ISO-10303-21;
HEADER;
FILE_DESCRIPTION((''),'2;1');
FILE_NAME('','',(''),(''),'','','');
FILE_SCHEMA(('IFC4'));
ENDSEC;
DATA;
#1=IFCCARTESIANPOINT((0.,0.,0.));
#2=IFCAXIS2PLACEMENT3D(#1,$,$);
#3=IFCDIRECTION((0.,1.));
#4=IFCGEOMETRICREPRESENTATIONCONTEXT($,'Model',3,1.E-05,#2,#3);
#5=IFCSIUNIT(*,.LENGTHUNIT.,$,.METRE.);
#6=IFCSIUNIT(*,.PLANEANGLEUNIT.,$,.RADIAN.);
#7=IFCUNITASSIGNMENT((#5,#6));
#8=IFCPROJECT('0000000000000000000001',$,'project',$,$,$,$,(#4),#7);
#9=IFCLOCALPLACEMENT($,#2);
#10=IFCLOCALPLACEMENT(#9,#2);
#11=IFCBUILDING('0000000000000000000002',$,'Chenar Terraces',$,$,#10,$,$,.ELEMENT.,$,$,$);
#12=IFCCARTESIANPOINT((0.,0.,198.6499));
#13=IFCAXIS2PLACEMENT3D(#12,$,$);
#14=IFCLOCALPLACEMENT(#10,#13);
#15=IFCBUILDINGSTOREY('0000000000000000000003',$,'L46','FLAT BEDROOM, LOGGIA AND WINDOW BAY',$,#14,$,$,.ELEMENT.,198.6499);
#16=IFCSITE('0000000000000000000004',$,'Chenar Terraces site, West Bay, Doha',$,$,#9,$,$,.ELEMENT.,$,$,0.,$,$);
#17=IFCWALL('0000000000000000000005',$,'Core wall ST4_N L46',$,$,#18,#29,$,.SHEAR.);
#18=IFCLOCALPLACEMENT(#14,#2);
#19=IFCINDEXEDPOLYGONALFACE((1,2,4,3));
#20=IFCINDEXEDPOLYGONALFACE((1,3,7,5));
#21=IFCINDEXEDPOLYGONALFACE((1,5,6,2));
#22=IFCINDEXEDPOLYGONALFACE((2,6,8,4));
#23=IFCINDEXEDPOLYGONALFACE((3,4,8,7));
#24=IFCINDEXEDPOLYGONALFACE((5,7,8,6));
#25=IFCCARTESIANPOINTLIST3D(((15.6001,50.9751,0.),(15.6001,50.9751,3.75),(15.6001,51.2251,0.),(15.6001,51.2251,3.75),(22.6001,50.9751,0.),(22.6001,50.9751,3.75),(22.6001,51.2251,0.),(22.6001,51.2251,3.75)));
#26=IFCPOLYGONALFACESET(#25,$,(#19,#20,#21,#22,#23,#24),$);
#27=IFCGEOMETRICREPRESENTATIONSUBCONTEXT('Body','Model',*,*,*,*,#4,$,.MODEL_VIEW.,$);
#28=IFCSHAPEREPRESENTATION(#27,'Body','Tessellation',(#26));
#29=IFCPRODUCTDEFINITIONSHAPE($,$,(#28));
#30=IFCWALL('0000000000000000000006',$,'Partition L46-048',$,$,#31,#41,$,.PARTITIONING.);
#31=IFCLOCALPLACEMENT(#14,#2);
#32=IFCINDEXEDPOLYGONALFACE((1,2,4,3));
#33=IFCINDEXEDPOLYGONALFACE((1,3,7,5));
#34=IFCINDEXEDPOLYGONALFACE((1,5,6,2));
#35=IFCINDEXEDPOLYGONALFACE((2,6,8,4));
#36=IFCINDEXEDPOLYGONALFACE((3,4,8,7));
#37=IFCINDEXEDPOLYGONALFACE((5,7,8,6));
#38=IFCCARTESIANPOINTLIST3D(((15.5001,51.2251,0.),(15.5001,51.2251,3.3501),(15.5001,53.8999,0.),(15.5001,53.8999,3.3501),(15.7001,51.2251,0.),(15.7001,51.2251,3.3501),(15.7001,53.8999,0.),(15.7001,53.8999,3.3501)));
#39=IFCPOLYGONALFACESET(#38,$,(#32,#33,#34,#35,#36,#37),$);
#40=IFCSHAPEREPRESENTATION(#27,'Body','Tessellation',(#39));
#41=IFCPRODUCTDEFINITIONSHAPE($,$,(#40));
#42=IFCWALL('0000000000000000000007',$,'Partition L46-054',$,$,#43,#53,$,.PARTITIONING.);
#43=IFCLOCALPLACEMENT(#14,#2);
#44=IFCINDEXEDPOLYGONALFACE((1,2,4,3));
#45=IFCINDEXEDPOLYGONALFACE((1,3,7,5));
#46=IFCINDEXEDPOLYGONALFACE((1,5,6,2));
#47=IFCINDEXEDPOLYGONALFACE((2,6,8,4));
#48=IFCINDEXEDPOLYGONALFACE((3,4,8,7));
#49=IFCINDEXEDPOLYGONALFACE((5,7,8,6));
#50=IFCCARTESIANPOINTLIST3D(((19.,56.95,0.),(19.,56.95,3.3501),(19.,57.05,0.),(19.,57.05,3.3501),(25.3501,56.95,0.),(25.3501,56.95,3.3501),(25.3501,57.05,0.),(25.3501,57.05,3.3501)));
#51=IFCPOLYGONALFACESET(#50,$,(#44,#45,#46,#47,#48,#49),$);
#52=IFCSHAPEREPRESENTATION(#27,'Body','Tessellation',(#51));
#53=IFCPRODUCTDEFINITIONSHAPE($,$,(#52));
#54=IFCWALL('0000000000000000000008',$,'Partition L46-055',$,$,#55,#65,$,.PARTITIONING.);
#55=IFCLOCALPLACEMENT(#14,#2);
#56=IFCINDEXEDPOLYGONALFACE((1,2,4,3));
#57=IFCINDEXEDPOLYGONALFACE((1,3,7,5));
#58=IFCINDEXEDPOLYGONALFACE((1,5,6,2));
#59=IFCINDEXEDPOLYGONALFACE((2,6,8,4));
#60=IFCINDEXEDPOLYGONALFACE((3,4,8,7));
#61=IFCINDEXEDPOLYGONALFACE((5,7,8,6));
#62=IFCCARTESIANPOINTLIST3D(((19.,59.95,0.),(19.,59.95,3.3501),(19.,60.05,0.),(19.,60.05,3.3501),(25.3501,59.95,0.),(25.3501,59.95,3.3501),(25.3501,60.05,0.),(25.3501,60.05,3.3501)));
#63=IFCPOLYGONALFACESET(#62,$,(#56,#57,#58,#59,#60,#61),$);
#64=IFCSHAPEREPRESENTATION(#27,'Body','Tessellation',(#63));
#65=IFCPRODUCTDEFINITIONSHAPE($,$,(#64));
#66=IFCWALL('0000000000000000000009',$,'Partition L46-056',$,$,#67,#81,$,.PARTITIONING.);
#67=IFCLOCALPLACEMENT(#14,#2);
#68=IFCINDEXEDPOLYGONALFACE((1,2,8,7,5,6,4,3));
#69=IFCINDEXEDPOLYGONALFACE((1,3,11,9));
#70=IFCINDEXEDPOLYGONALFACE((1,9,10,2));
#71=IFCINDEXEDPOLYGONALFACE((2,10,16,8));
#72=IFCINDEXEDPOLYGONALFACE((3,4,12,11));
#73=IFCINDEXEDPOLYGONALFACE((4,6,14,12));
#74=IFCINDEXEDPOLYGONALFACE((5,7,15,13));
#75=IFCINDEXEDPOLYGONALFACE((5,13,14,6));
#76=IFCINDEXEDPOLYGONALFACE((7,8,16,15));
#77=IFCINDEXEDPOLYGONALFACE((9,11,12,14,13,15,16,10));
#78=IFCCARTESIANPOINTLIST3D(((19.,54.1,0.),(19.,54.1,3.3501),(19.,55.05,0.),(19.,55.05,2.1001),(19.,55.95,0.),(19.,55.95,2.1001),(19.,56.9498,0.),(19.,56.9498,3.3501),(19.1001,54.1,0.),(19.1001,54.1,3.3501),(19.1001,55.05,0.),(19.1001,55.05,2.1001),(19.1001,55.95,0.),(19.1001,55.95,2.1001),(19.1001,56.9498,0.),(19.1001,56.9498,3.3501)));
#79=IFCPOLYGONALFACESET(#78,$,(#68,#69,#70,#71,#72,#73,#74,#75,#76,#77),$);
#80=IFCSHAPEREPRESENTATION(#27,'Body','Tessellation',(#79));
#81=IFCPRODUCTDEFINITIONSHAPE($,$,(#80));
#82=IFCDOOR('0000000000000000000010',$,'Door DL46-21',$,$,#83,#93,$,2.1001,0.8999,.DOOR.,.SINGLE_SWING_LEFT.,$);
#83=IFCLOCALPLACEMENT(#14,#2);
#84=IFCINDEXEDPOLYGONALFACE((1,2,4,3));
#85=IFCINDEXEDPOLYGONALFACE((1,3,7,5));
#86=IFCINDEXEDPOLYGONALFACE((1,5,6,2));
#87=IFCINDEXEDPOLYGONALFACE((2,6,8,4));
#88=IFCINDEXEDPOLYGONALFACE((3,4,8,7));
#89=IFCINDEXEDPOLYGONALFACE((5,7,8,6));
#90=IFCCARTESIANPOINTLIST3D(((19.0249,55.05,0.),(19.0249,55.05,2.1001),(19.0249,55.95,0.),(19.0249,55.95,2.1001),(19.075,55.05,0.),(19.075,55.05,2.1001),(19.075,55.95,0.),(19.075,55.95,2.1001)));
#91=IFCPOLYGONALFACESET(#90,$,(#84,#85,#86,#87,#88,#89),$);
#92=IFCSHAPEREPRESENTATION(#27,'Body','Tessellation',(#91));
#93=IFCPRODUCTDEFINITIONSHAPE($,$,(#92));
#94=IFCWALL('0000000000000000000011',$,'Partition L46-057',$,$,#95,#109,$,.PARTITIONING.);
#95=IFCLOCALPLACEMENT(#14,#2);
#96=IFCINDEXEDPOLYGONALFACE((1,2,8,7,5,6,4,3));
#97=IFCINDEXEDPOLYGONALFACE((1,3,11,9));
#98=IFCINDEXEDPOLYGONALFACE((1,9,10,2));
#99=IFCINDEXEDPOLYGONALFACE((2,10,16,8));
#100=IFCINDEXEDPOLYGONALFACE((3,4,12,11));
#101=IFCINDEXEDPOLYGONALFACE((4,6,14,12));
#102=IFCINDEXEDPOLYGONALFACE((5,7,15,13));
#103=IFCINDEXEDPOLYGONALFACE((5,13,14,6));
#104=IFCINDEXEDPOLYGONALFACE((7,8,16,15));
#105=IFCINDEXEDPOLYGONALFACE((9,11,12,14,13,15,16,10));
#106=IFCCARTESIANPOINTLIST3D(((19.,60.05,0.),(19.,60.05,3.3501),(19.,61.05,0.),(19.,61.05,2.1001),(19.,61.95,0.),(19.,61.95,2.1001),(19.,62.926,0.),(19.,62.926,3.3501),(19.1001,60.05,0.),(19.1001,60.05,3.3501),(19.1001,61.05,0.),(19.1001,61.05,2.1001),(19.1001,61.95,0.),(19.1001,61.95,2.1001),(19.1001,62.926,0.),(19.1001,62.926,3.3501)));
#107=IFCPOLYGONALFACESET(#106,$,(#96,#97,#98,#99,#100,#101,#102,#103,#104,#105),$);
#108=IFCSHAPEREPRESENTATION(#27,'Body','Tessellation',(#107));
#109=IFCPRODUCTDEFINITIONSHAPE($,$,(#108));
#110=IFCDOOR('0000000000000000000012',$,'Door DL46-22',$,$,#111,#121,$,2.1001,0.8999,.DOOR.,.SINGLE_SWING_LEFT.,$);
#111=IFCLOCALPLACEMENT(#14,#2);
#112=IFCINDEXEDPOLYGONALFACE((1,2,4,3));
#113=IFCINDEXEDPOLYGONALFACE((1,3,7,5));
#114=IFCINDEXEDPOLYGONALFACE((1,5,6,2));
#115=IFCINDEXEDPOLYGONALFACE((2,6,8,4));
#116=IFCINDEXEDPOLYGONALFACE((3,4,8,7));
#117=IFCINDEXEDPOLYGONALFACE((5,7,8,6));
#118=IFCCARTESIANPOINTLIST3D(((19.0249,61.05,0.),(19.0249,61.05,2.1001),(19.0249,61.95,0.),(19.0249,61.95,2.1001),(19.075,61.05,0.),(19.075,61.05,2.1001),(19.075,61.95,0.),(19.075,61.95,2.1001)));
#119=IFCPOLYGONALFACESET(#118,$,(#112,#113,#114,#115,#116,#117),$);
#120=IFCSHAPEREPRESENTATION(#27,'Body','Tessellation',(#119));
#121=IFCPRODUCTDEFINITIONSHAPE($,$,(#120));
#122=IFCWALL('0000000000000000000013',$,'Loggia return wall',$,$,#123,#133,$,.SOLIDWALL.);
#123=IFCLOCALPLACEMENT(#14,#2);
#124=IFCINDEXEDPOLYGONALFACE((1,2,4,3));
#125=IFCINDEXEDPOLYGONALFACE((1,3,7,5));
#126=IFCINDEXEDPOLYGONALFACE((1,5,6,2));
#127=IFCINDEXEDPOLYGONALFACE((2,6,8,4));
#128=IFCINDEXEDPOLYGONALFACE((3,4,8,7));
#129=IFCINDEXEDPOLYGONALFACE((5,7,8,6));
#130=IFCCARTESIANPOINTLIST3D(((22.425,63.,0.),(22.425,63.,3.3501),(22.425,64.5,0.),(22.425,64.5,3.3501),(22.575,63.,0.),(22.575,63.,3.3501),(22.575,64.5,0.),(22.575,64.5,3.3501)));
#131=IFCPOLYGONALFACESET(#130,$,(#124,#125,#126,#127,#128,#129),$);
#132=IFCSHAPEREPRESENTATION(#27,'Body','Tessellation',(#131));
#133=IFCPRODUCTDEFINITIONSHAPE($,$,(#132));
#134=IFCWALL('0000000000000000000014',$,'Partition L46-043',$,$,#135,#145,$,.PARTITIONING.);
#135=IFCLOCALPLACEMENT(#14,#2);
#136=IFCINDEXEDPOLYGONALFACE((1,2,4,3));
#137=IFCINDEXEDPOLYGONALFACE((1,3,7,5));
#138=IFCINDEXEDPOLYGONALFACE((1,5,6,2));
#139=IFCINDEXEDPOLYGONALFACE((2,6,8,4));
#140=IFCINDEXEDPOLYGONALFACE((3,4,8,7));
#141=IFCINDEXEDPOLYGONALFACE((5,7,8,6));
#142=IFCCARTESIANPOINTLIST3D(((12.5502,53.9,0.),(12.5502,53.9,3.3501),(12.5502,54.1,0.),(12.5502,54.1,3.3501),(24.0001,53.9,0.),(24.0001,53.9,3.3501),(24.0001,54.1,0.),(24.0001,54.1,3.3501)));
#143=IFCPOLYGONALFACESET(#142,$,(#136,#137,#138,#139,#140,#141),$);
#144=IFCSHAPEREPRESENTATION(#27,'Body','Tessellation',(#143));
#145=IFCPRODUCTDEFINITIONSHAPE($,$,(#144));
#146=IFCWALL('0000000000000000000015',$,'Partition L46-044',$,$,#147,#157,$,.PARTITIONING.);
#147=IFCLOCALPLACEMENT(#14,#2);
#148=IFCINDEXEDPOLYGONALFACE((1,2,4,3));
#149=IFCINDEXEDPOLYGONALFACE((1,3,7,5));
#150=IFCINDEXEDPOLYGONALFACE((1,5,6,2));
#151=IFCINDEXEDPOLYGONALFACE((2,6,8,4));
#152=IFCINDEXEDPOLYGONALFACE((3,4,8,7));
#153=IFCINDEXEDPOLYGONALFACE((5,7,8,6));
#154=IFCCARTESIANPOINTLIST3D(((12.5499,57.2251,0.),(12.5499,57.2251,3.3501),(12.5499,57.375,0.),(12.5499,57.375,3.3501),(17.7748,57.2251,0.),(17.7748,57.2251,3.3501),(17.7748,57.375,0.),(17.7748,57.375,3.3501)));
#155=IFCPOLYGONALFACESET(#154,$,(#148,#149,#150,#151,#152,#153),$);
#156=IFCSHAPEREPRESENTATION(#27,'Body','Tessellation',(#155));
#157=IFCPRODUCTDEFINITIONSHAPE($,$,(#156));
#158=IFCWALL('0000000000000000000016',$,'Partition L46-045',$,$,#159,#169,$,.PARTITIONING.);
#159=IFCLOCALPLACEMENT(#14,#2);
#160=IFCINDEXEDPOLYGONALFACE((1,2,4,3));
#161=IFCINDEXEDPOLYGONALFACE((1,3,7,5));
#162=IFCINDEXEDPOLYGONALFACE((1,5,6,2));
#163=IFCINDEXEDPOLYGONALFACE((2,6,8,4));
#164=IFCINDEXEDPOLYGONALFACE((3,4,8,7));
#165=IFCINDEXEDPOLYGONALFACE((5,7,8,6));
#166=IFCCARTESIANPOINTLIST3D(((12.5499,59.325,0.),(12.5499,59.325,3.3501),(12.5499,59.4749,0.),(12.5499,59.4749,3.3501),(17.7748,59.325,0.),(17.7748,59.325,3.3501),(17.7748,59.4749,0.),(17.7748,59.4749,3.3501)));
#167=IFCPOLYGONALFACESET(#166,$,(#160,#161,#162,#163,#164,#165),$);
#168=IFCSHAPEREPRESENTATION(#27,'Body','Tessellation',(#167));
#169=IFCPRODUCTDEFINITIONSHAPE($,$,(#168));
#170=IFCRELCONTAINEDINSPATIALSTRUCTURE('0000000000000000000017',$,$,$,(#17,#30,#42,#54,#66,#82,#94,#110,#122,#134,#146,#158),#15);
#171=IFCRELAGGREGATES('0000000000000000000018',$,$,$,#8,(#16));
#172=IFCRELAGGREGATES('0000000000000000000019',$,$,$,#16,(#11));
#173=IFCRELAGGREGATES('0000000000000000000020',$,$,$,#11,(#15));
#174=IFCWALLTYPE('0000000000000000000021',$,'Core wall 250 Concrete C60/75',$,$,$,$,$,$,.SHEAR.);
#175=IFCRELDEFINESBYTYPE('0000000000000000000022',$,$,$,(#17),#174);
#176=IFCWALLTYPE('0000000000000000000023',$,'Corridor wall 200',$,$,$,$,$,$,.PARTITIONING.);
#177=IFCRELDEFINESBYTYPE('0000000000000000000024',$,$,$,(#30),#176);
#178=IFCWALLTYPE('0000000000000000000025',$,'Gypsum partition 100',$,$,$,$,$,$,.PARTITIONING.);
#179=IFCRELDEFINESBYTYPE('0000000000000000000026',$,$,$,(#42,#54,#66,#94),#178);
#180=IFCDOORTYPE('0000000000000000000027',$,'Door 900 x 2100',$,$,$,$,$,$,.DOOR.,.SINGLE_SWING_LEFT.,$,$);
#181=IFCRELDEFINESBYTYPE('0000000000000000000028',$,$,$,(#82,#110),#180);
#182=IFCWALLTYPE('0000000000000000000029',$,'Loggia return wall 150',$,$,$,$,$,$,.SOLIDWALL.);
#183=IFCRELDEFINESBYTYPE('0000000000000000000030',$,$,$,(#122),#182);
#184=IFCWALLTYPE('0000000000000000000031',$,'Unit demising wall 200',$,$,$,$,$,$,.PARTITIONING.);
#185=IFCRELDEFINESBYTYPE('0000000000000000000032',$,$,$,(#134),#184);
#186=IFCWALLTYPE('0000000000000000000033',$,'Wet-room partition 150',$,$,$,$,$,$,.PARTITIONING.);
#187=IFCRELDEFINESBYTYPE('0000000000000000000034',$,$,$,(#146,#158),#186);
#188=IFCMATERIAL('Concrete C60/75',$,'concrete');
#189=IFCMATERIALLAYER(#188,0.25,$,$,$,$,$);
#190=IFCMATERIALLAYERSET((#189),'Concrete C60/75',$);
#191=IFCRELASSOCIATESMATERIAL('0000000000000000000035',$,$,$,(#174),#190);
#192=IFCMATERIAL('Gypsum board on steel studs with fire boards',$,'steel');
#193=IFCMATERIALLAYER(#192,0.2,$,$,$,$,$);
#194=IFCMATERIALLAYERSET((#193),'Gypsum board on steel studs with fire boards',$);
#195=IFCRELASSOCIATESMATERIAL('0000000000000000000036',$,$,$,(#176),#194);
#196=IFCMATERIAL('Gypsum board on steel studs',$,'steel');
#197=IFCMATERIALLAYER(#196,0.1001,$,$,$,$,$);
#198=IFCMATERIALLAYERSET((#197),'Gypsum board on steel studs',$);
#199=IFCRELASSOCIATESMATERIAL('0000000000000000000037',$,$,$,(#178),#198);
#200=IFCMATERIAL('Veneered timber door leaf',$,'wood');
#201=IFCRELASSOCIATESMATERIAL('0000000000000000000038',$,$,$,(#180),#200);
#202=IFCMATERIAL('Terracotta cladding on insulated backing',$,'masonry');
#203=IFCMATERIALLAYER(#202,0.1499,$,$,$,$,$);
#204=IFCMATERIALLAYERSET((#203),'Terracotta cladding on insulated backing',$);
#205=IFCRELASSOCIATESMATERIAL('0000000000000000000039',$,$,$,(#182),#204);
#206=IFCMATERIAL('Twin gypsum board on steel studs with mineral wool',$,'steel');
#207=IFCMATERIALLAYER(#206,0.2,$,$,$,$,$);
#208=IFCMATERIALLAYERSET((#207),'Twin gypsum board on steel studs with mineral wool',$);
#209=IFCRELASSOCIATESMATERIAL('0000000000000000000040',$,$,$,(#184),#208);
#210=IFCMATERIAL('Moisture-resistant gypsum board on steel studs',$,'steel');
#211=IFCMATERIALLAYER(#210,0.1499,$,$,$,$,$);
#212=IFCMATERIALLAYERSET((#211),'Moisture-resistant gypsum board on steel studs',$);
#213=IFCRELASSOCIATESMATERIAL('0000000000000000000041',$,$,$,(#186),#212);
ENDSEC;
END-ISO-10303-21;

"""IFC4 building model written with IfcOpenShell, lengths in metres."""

from ifc_helpers import new_model, si_unit, direction, frame, frame_2d, origin, place, context, subcontext, project, spatial, rectangle, extrude, material, layer, layer_set, type_object, element, fill, save


model = new_model("IFC4")

# Units and contexts
model_context = context("Model", 3, precision=1e-05, world=origin(), true_north=direction((0.0, 1.0)))
body_context = subcontext(model_context, "Body", "Model", "MODEL_VIEW")
ifc_project = project(units=[si_unit("LENGTHUNIT", "METRE"), si_unit("PLANEANGLEUNIT", "RADIAN")], contexts=[model_context])

# Site, building, storey
site_placement = place(None, origin())
site = spatial("IfcSite", under=ifc_project, at=site_placement, Name="Chenar Terraces site, West Bay, Doha", CompositionType="ELEMENT", RefElevation=0.0)
building_placement = place(site_placement, origin())
building = spatial("IfcBuilding", under=site, at=building_placement, Name="Chenar Terraces", CompositionType="ELEMENT")
storey_placement = place(building_placement, frame((0.0, 0.0, 198.6499)))
storey = spatial("IfcBuildingStorey", under=building, at=storey_placement, Name="L46", Description="FLAT BEDROOM, LOGGIA AND WINDOW BAY", CompositionType="ELEMENT", Elevation=198.6499)

# Walls
ifc_material_1 = material(Name="Concrete C60/75", Category="concrete")
ifc_layer_1 = layer(ifc_material_1, 0.25)
ifc_layer_set_1 = layer_set([ifc_layer_1], Name="Concrete C60/75")
wall_type_1 = type_object("IfcWallType", Name="Core wall 250 Concrete C60/75", PredefinedType="SHEAR", material=ifc_layer_set_1)
wall_1_placement = place(storey_placement, frame((15.6001, 51.1001, 0.0), z_axis=(0.0, 0.0, 1.0), x_axis=(1.0, 0.0, 0.0)))
element("IfcWall", 1, at=wall_1_placement, inside=storey, type_object=wall_type_1, Name="Core wall ST4_N L46", PredefinedType="SHEAR", context=body_context, shape_type="SweptSolid", body=[
    extrude(rectangle(XDim=7.0, YDim=0.25, at=frame_2d((3.5, 0.0))), origin(), (0.0, 0.0, 1.0), 3.75),
])
ifc_material_2 = material(Name="Gypsum board on steel studs with fire boards", Category="steel")
ifc_layer_2 = layer(ifc_material_2, 0.2)
ifc_layer_set_2 = layer_set([ifc_layer_2], Name="Gypsum board on steel studs with fire boards")
wall_type_2 = type_object("IfcWallType", Name="Corridor wall 200", PredefinedType="PARTITIONING", material=ifc_layer_set_2)
wall_2_placement = place(storey_placement, frame((15.6001, 51.2251, 0.0), z_axis=(0.0, 0.0, 1.0), x_axis=(0.0, 1.0, 0.0)))
element("IfcWall", 2, at=wall_2_placement, inside=storey, type_object=wall_type_2, Name="Partition L46-048", PredefinedType="PARTITIONING", context=body_context, shape_type="SweptSolid", body=[
    extrude(rectangle(XDim=2.6748, YDim=0.2, at=frame_2d((1.3374, 0.0))), origin(), (0.0, 0.0, 1.0), 3.3501),
])

# Walls
ifc_material_3 = material(Name="Gypsum board on steel studs", Category="steel")
ifc_layer_3 = layer(ifc_material_3, 0.1001)
ifc_layer_set_3 = layer_set([ifc_layer_3], Name="Gypsum board on steel studs")
wall_type_3 = type_object("IfcWallType", Name="Gypsum partition 100", PredefinedType="PARTITIONING", material=ifc_layer_set_3)
for number, where, z_axis, x_axis, name in (
    (3, (19.0, 57.0, 0.0), (0.0, 0.0, 1.0), (1.0, 0.0, 0.0), "Partition L46-054"),
    (4, (19.0, 60.0, 0.0), (0.0, 0.0, 1.0), (1.0, 0.0, 0.0), "Partition L46-055"),
):
    element("IfcWall", number, at=place(storey_placement, frame(where, z_axis=z_axis, x_axis=x_axis)), inside=storey, type_object=wall_type_3, Name=name, PredefinedType="PARTITIONING", context=body_context, shape_type="SweptSolid", body=[
        extrude(rectangle(XDim=6.3501, YDim=0.1001, at=frame_2d((3.175, 0.0))), origin(), (0.0, 0.0, 1.0), 3.3501),
    ])

# Walls, openings, doors
wall_3_placement = place(storey_placement, frame((19.05, 54.1001, 0.0), z_axis=(0.0, 0.0, 1.0), x_axis=(0.0, 1.0, 0.0)))
wall_3 = element("IfcWall", 5, at=wall_3_placement, inside=storey, type_object=wall_type_3, Name="Partition L46-056", PredefinedType="PARTITIONING", context=body_context, shape_type="SweptSolid", body=[
    extrude(rectangle(XDim=2.8499, YDim=0.1001, at=frame_2d((1.4248, 0.0))), origin(), (0.0, 0.0, 1.0), 3.3501),
])
opening_1_placement = place(wall_3_placement, frame((0.95, 0.0, 0.0)))
opening_1 = element("IfcOpeningElement", 6, at=opening_1_placement, cuts=wall_3, PredefinedType="OPENING", context=body_context, shape_type="SweptSolid", body=[
    extrude(rectangle(XDim=0.8999, YDim=2.1001, at=frame_2d((0.45, 1.05))), frame((0.0, 0.0601, 0.0), z_axis=(0.0, -1.0, 0.0), x_axis=(1.0, 0.0, 0.0)), (0.0, 0.0, 1.0), 0.1201),
])
ifc_material_4 = material(Name="Veneered timber door leaf", Category="wood")
door_type_1 = type_object("IfcDoorType", Name="Door 900 x 2100", OperationType="SINGLE_SWING_LEFT", PredefinedType="DOOR", material=ifc_material_4)
door_1_placement = place(opening_1_placement, frame((0.8999, 0.0, 0.0), z_axis=(0.0, 0.0, 1.0), x_axis=(-1.0, 0.0, 0.0)))
door_1 = element("IfcDoor", 7, at=door_1_placement, inside=storey, type_object=door_type_1, Name="Door DL46-21", OperationType="SINGLE_SWING_LEFT", OverallHeight=2.1001, OverallWidth=0.8999, PredefinedType="DOOR", context=body_context, shape_type="SweptSolid", body=[
    extrude(rectangle(XDim=0.8999, YDim=2.1001, at=frame_2d((0.45, 1.05))), frame((0.0, 0.0249, 0.0), z_axis=(0.0, -1.0, 0.0), x_axis=(1.0, 0.0, 0.0)), (0.0, 0.0, 1.0), 0.05),
])
fill(opening_1, door_1)
wall_4_placement = place(storey_placement, frame((19.05, 60.05, 0.0), z_axis=(0.0, 0.0, 1.0), x_axis=(0.0, 1.0, 0.0)))
wall_4 = element("IfcWall", 8, at=wall_4_placement, inside=storey, type_object=wall_type_3, Name="Partition L46-057", PredefinedType="PARTITIONING", context=body_context, shape_type="SweptSolid", body=[
    extrude(rectangle(XDim=2.876, YDim=0.1001, at=frame_2d((1.438, 0.0))), origin(), (0.0, 0.0, 1.0), 3.3501),
])
opening_2_placement = place(wall_4_placement, frame((1.0, 0.0, 0.0)))
opening_2 = element("IfcOpeningElement", 9, at=opening_2_placement, cuts=wall_4, PredefinedType="OPENING", context=body_context, shape_type="SweptSolid", body=[
    extrude(rectangle(XDim=0.8999, YDim=2.1001, at=frame_2d((0.45, 1.05))), frame((0.0, 0.0601, 0.0), z_axis=(0.0, -1.0, 0.0), x_axis=(1.0, 0.0, 0.0)), (0.0, 0.0, 1.0), 0.1201),
])
door_2_placement = place(opening_2_placement, frame((0.8999, 0.0, 0.0), z_axis=(0.0, 0.0, 1.0), x_axis=(-1.0, 0.0, 0.0)))
door_2 = element("IfcDoor", 10, at=door_2_placement, inside=storey, type_object=door_type_1, Name="Door DL46-22", OperationType="SINGLE_SWING_LEFT", OverallHeight=2.1001, OverallWidth=0.8999, PredefinedType="DOOR", context=body_context, shape_type="SweptSolid", body=[
    extrude(rectangle(XDim=0.8999, YDim=2.1001, at=frame_2d((0.45, 1.05))), frame((0.0, 0.0249, 0.0), z_axis=(0.0, -1.0, 0.0), x_axis=(1.0, 0.0, 0.0)), (0.0, 0.0, 1.0), 0.05),
])
fill(opening_2, door_2)

# Walls
ifc_material_5 = material(Name="Terracotta cladding on insulated backing", Category="masonry")
ifc_layer_4 = layer(ifc_material_5, 0.1499)
ifc_layer_set_4 = layer_set([ifc_layer_4], Name="Terracotta cladding on insulated backing")
wall_type_4 = type_object("IfcWallType", Name="Loggia return wall 150", PredefinedType="SOLIDWALL", material=ifc_layer_set_4)
wall_5_placement = place(storey_placement, frame((22.5, 64.5, 0.0), z_axis=(0.0, 0.0, 1.0), x_axis=(0.0, -1.0, 0.0)))
element("IfcWall", 11, at=wall_5_placement, inside=storey, type_object=wall_type_4, Name="Loggia return wall", PredefinedType="SOLIDWALL", context=body_context, shape_type="SweptSolid", body=[
    extrude(rectangle(XDim=1.5, YDim=0.1499, at=frame_2d((0.75, 0.0))), origin(), (0.0, 0.0, 1.0), 3.3501),
])
ifc_material_6 = material(Name="Twin gypsum board on steel studs with mineral wool", Category="steel")
ifc_layer_5 = layer(ifc_material_6, 0.2)
ifc_layer_set_5 = layer_set([ifc_layer_5], Name="Twin gypsum board on steel studs with mineral wool")
wall_type_5 = type_object("IfcWallType", Name="Unit demising wall 200", PredefinedType="PARTITIONING", material=ifc_layer_set_5)
wall_6_placement = place(storey_placement, frame((12.55, 54.0, 0.0), z_axis=(0.0, 0.0, 1.0), x_axis=(1.0, 0.0, 0.0)))
element("IfcWall", 12, at=wall_6_placement, inside=storey, type_object=wall_type_5, Name="Partition L46-043", PredefinedType="PARTITIONING", context=body_context, shape_type="SweptSolid", body=[
    extrude(rectangle(XDim=11.45, YDim=0.2, at=frame_2d((5.7251, 0.0))), origin(), (0.0, 0.0, 1.0), 3.3501),
])
ifc_material_7 = material(Name="Moisture-resistant gypsum board on steel studs", Category="steel")
ifc_layer_6 = layer(ifc_material_7, 0.1499)
ifc_layer_set_6 = layer_set([ifc_layer_6], Name="Moisture-resistant gypsum board on steel studs")
wall_type_6 = type_object("IfcWallType", Name="Wet-room partition 150", PredefinedType="PARTITIONING", material=ifc_layer_set_6)
for number, where, z_axis, x_axis, name in (
    (13, (12.55, 57.3, 0.0), (0.0, 0.0, 1.0), (1.0, 0.0, 0.0), "Partition L46-044"),
    (14, (12.55, 59.3999, 0.0), (0.0, 0.0, 1.0), (1.0, 0.0, 0.0), "Partition L46-045"),
):
    element("IfcWall", number, at=place(storey_placement, frame(where, z_axis=z_axis, x_axis=x_axis)), inside=storey, type_object=wall_type_6, Name=name, PredefinedType="PARTITIONING", context=body_context, shape_type="SweptSolid", body=[
        extrude(rectangle(XDim=5.2249, YDim=0.1499, at=frame_2d((2.6123, 0.0))), origin(), (0.0, 0.0, 1.0), 3.3501),
    ])

save(model, "model.ifc")
